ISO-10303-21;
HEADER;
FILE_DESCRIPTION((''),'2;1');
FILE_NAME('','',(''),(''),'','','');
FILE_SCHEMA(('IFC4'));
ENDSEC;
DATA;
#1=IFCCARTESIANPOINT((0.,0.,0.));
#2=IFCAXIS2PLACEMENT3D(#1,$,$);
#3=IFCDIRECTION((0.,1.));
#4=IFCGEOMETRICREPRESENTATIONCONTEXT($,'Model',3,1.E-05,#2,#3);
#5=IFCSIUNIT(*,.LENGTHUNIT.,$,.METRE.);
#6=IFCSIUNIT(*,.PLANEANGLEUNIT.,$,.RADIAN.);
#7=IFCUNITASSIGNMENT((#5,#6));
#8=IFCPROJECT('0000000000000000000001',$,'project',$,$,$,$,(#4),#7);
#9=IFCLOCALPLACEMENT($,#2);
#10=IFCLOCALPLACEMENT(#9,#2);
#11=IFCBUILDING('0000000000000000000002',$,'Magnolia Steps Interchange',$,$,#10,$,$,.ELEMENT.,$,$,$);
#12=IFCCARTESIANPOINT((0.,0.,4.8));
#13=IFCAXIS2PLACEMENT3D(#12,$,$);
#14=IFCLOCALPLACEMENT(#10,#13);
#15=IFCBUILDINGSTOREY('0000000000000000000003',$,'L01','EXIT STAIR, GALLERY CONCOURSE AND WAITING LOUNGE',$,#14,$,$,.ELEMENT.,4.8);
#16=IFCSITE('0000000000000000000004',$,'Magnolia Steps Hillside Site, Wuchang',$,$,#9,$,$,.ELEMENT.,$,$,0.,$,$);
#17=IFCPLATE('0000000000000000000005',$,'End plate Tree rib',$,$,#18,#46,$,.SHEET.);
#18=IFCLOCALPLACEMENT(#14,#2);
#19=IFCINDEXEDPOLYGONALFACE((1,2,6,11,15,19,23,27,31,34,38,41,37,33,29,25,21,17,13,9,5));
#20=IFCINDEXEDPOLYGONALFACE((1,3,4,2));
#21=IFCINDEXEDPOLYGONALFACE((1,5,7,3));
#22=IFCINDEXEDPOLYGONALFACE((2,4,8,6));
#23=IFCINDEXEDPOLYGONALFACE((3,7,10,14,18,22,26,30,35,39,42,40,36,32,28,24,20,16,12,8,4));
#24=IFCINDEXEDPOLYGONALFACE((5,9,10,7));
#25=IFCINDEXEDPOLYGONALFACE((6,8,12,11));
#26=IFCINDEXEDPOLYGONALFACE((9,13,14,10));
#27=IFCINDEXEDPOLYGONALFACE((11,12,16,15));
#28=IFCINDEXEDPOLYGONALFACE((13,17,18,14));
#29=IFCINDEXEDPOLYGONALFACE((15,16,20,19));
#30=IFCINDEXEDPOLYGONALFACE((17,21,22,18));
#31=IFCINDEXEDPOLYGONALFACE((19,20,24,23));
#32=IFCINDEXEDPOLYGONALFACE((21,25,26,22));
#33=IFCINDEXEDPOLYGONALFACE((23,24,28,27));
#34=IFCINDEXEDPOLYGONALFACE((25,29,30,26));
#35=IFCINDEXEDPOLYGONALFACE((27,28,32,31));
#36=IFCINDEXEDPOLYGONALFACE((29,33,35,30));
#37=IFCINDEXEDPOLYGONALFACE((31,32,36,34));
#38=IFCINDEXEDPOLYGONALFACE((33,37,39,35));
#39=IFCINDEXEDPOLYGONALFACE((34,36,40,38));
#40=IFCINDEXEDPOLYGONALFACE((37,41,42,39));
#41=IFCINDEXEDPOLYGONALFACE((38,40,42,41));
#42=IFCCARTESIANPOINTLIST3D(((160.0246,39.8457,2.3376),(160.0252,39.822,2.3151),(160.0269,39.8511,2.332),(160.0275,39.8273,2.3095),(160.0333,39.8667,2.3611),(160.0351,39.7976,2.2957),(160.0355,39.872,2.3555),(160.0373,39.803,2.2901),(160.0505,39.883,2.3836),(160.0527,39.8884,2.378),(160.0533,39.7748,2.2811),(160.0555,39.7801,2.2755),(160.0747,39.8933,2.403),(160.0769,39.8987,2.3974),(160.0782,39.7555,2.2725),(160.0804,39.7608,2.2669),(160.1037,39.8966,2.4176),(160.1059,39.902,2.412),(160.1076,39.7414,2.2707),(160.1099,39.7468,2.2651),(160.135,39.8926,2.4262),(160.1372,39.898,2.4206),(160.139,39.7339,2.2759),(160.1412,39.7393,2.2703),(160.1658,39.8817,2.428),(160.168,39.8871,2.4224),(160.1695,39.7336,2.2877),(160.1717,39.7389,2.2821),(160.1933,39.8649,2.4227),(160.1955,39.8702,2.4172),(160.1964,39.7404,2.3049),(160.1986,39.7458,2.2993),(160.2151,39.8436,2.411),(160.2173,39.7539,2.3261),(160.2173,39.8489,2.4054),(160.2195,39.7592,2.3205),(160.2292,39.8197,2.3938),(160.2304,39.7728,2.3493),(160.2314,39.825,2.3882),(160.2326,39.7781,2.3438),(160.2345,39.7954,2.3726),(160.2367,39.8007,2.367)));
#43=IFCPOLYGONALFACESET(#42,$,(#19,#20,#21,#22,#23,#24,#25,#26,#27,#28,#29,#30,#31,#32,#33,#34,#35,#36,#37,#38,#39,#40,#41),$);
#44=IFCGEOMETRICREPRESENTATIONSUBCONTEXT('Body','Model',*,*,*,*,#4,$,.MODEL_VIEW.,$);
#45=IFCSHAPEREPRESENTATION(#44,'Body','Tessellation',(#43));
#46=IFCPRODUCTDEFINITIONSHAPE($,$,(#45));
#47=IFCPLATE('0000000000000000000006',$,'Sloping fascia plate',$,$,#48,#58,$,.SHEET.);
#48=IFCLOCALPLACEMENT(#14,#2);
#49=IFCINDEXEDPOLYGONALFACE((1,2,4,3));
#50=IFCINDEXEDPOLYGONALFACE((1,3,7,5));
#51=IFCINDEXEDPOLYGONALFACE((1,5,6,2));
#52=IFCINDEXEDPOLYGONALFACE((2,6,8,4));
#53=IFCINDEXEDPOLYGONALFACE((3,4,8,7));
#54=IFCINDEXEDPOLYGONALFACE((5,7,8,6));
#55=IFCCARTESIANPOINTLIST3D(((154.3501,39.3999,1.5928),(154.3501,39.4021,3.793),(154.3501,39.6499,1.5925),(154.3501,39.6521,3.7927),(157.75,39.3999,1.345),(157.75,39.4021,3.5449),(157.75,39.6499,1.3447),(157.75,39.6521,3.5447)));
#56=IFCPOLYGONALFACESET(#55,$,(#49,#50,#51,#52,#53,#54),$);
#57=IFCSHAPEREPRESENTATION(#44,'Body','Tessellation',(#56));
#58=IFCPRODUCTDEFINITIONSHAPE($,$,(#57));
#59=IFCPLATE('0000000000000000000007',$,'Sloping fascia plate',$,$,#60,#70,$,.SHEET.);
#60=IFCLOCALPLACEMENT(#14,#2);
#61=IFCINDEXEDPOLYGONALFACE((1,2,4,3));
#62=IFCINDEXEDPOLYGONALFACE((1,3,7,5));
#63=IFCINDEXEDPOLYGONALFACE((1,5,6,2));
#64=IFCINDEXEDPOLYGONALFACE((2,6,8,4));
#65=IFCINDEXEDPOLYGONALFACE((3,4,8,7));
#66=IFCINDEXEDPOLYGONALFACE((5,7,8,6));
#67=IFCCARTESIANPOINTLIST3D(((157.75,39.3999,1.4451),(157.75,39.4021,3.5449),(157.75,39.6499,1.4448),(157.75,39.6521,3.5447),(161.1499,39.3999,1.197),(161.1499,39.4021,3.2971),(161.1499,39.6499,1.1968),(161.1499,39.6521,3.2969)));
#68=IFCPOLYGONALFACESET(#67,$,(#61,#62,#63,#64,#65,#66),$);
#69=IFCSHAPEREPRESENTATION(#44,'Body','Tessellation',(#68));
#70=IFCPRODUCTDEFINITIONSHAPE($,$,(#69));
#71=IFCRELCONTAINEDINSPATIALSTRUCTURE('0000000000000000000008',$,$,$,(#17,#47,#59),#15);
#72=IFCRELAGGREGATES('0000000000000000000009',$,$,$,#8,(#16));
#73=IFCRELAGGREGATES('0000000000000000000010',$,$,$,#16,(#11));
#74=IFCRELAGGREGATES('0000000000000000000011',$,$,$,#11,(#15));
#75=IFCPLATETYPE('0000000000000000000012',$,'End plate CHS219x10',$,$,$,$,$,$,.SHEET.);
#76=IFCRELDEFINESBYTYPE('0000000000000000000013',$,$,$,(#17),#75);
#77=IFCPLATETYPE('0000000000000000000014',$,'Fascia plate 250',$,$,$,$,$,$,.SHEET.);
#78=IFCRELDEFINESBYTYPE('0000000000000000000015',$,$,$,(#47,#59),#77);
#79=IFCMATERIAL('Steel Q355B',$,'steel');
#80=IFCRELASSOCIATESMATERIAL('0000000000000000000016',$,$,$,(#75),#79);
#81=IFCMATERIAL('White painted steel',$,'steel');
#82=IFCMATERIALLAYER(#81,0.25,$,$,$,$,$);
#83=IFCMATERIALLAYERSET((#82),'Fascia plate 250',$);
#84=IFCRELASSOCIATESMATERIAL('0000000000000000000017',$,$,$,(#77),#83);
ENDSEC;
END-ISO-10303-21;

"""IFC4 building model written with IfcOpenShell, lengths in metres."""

from ifc_helpers import new_model, si_unit, direction, frame, origin, origin_2d, place, context, subcontext, project, spatial, polyline, circle, outline, extrude, material, layer, layer_set, material_profile, profile_set, type_object, element, save


model = new_model("IFC4")

# Units and contexts
model_context = context("Model", 3, precision=1e-05, world=origin(), true_north=direction((0.0, 1.0)))
body_context = subcontext(model_context, "Body", "Model", "MODEL_VIEW")
ifc_project = project(units=[si_unit("LENGTHUNIT", "METRE"), si_unit("PLANEANGLEUNIT", "RADIAN")], contexts=[model_context])

# Site, building, storey
site_placement = place(None, origin())
site = spatial("IfcSite", under=ifc_project, at=site_placement, Name="Magnolia Steps Hillside Site, Wuchang", CompositionType="ELEMENT", RefElevation=0.0)
building_placement = place(site_placement, origin())
building = spatial("IfcBuilding", under=site, at=building_placement, Name="Magnolia Steps Interchange", CompositionType="ELEMENT")
storey_placement = place(building_placement, frame((0.0, 0.0, 4.8)))
storey = spatial("IfcBuildingStorey", under=building, at=storey_placement, Name="L01", Description="EXIT STAIR, GALLERY CONCOURSE AND WAITING LOUNGE", CompositionType="ELEMENT", Elevation=4.8)

# Plates
ifc_material_1 = material(Name="Steel Q355B", Category="steel")
ifc_material_profile_1 = material_profile(ifc_material_1, circle(Radius=0.1096, at=origin_2d()), Name="End plate CHS219x10")
ifc_profile_set_1 = profile_set([ifc_material_profile_1], Name="Steel Q355B")
plate_type_1 = type_object("IfcPlateType", Name="End plate CHS219x10", PredefinedType="SHEET", material=ifc_profile_set_1)
for number, where, z_axis, x_axis, name in (
    (1, (160.1313, 39.8201, 2.3438), (-0.275279, -0.664583, 0.694658), (0.92388, -0.382683, 0.0), "End plate Tree rib"),
):
    element("IfcPlate", number, at=place(storey_placement, frame(where, z_axis=z_axis, x_axis=x_axis)), inside=storey, type_object=plate_type_1, Name=name, PredefinedType="SHEET", context=body_context, shape_type="SweptSolid", body=[
        extrude(circle(Radius=0.1096, at=origin_2d()), origin(), (0.0, 0.0, 1.0), 0.0081),
    ])
ifc_material_2 = material(Name="White painted steel", Category="steel")
ifc_layer = layer(ifc_material_2, 0.25)
ifc_layer_set = layer_set([ifc_layer], Name="Fascia plate 250")
plate_type_2 = type_object("IfcPlateType", Name="Fascia plate 250", PredefinedType="SHEET", material=ifc_layer_set)
plate_1_placement = place(storey_placement, frame((154.3501, 39.3999, 1.5928), z_axis=(0.000073, -0.999999, 0.000999), x_axis=(0.997354, 0.0, -0.072692)))
element("IfcPlate", 2, at=plate_1_placement, inside=storey, type_object=plate_type_2, Name="Sloping fascia plate", PredefinedType="SHEET", context=body_context, shape_type="SweptSolid", body=[
    extrude(outline(polyline([(0.0, 0.0), (3.4089, 0.0), (3.249, 2.1941), (-0.1599, 2.1944), (0.0, 0.0)])), origin(), (0.0, 0.0, -1.0), 0.25),
])
plate_2_placement = place(storey_placement, frame((157.75, 39.3999, 1.4451), z_axis=(0.000076, -0.999999, 0.001046), x_axis=(0.997349, 0.0, -0.072764)))
element("IfcPlate", 3, at=plate_2_placement, inside=storey, type_object=plate_type_2, Name="Sloping fascia plate", PredefinedType="SHEET", context=body_context, shape_type="SweptSolid", body=[
    extrude(outline(polyline([(0.0, 0.0), (3.4089, 0.0), (3.2561, 2.0945), (-0.1528, 2.0943), (0.0, 0.0)])), origin(), (0.0, 0.0, -1.0), 0.25),
])

save(model, "model.ifc")
